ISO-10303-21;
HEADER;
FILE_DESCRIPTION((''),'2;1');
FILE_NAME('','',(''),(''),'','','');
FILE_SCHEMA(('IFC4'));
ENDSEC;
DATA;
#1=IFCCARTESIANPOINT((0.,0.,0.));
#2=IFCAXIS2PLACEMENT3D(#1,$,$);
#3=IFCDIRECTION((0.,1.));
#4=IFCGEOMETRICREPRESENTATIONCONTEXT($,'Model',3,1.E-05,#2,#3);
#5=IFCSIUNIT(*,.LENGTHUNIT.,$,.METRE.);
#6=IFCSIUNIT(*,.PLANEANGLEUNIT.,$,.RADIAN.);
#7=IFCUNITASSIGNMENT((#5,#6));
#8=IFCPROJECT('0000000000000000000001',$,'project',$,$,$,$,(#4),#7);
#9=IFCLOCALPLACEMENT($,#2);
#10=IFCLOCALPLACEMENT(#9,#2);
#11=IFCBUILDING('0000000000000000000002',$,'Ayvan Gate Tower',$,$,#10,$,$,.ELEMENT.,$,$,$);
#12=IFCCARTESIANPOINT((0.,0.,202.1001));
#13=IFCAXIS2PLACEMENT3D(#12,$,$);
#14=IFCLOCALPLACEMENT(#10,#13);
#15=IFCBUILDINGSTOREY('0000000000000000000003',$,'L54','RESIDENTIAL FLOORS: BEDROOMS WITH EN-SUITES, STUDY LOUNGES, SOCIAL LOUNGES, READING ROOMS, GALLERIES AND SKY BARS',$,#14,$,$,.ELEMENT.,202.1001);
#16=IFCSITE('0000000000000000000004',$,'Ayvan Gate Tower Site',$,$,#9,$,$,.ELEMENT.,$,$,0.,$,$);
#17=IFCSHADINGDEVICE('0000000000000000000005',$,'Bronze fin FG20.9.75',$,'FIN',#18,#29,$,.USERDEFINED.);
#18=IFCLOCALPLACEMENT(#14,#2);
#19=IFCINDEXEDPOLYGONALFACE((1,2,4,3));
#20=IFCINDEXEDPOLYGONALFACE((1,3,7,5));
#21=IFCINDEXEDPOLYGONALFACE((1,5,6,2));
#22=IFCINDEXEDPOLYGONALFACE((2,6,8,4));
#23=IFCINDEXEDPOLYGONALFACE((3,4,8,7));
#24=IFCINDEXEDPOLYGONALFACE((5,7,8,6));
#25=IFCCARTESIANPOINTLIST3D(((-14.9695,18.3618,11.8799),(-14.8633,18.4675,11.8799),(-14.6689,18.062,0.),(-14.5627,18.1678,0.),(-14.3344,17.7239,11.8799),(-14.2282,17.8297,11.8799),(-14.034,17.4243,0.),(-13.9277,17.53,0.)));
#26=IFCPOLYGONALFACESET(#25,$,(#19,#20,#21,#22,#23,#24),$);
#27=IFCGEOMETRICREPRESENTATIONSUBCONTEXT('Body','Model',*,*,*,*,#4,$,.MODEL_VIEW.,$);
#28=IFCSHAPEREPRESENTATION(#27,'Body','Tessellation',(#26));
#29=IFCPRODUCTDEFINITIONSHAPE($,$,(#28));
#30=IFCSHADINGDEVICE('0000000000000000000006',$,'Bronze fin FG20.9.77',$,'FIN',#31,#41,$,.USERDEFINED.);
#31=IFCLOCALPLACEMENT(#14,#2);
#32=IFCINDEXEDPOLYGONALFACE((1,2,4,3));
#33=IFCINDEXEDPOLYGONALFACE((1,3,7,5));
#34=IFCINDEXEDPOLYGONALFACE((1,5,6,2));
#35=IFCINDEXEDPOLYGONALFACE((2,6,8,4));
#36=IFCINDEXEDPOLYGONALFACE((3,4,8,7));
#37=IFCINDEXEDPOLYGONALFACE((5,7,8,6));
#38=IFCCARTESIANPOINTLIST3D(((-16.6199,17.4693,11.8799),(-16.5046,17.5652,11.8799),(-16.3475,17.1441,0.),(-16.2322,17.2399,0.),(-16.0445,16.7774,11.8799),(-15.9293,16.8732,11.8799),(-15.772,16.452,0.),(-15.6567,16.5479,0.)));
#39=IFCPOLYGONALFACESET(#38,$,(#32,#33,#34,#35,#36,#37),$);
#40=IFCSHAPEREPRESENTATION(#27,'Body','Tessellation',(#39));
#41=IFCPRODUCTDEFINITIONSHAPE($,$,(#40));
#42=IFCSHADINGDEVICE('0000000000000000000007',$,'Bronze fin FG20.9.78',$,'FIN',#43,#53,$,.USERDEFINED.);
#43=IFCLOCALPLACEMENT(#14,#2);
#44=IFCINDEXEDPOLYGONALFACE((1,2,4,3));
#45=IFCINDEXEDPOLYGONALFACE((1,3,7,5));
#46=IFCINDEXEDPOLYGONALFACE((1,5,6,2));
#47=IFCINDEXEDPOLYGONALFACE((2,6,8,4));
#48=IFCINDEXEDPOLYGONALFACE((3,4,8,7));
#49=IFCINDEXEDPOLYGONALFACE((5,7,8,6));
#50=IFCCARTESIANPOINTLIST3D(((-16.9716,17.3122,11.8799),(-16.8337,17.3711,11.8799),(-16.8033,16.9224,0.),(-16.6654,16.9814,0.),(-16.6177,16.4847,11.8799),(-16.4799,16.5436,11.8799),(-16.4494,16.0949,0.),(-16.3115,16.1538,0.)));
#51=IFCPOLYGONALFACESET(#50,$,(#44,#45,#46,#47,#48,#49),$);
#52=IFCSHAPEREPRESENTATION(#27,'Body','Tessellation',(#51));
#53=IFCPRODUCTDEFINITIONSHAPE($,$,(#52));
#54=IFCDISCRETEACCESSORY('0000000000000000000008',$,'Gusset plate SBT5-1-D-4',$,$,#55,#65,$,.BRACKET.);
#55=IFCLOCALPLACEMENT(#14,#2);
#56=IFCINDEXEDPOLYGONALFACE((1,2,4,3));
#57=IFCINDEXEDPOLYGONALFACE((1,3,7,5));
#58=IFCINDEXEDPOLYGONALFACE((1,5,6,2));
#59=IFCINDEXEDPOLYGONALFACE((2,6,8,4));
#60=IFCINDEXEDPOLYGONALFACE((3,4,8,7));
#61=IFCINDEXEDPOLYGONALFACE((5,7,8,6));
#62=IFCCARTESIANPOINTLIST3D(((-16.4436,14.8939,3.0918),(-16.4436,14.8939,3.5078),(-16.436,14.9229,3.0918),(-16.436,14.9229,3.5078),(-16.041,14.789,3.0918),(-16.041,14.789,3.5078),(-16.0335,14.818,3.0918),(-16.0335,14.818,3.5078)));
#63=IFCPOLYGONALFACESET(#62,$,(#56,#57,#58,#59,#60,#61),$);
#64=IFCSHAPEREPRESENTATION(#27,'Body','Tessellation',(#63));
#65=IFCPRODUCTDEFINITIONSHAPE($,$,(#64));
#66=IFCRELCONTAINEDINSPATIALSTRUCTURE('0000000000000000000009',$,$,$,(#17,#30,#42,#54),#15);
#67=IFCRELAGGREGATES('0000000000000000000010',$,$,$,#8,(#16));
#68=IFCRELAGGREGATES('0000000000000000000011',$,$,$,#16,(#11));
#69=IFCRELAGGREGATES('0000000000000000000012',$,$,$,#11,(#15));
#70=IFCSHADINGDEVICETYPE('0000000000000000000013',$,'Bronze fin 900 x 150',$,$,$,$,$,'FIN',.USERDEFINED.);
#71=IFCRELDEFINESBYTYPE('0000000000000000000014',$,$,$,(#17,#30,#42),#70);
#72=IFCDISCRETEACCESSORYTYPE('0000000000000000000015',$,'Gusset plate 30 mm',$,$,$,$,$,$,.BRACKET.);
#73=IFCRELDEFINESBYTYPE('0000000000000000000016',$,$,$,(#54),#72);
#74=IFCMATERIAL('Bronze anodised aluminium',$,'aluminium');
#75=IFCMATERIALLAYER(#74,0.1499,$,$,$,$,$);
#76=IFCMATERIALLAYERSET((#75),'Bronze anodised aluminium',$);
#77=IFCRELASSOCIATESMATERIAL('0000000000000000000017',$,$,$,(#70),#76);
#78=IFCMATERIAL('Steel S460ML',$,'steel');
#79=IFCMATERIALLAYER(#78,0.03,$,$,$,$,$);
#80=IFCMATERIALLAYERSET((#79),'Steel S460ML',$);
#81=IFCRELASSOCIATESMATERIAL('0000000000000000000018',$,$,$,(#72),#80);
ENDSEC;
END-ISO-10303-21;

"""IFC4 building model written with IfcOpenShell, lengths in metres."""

from ifc_helpers import new_model, si_unit, direction, frame, origin, origin_2d, place, context, subcontext, project, spatial, polyline, rectangle, outline, extrude, material, layer, layer_set, type_object, element, save


model = new_model("IFC4")

# Units and contexts
model_context = context("Model", 3, precision=1e-05, world=origin(), true_north=direction((0.0, 1.0)))
body_context = subcontext(model_context, "Body", "Model", "MODEL_VIEW")
ifc_project = project(units=[si_unit("LENGTHUNIT", "METRE"), si_unit("PLANEANGLEUNIT", "RADIAN")], contexts=[model_context])

# Site, building, storey
site_placement = place(None, origin())
site = spatial("IfcSite", under=ifc_project, at=site_placement, Name="Ayvan Gate Tower Site", CompositionType="ELEMENT", RefElevation=0.0)
building_placement = place(site_placement, origin())
building = spatial("IfcBuilding", under=site, at=building_placement, Name="Ayvan Gate Tower", CompositionType="ELEMENT")
storey_placement = place(building_placement, frame((0.0, 0.0, 202.1001)))
storey = spatial("IfcBuildingStorey", under=building, at=storey_placement, Name="L54", Description="RESIDENTIAL FLOORS: BEDROOMS WITH EN-SUITES, STUDY LOUNGES, SOCIAL LOUNGES, READING ROOMS, GALLERIES AND SKY BARS", CompositionType="ELEMENT", Elevation=202.1001)

# Shared definitions
ifc_material_1 = material(Name="Bronze anodised aluminium", Category="aluminium")

# Shading devices
ifc_layer_1 = layer(ifc_material_1, 0.1499)
ifc_layer_set_1 = layer_set([ifc_layer_1], Name="Bronze anodised aluminium")
shading_device_type = type_object("IfcShadingDeviceType", Name="Bronze fin 900 x 150", ElementType="FIN", PredefinedType="USERDEFINED", material=ifc_layer_set_1)
shading_device_1_placement = place(storey_placement, frame((-13.9277, 17.53, 0.0), z_axis=(0.708665, 0.705545, 0.00013), x_axis=(-0.705545, 0.708665, 0.0)))
element("IfcShadingDevice", 1, at=shading_device_1_placement, inside=storey, type_object=shading_device_type, Name="Bronze fin FG20.9.75", ObjectType="FIN", PredefinedType="USERDEFINED", context=body_context, shape_type="SweptSolid", body=[
    extrude(outline(polyline([(0.0, 0.0), (0.8999, 0.0), (1.3244, 11.8799), (0.4243, 11.8799), (0.0, 0.0)])), origin(), (0.0, 0.0, -1.0), 0.1499),
])
shading_device_2_placement = place(storey_placement, frame((-15.6567, 16.5479, 0.0), z_axis=(0.768899, 0.63937, 0.000126), x_axis=(-0.63937, 0.768899, 0.0)))
element("IfcShadingDevice", 2, at=shading_device_2_placement, inside=storey, type_object=shading_device_type, Name="Bronze fin FG20.9.77", ObjectType="FIN", PredefinedType="USERDEFINED", context=body_context, shape_type="SweptSolid", body=[
    extrude(outline(polyline([(0.0, 0.0), (0.9001, 0.0), (1.3243, 11.8799), (0.4244, 11.8799), (0.0, 0.0)])), origin(), (0.0, 0.0, -1.0), 0.1499),
])
shading_device_3_placement = place(storey_placement, frame((-16.3115, 16.1538, 0.0), z_axis=(0.919453, 0.393199, 0.000128), x_axis=(-0.393199, 0.919453, 0.0)))
element("IfcShadingDevice", 3, at=shading_device_3_placement, inside=storey, type_object=shading_device_type, Name="Bronze fin FG20.9.78", ObjectType="FIN", PredefinedType="USERDEFINED", context=body_context, shape_type="SweptSolid", body=[
    extrude(outline(polyline([(0.0, 0.0), (0.9001, 0.0), (1.3246, 11.8799), (0.4246, 11.8799), (0.0, 0.0)])), origin(), (0.0, 0.0, -1.0), 0.1499),
])

# Discrete accessory
ifc_material_2 = material(Name="Steel S460ML", Category="steel")
ifc_layer_2 = layer(ifc_material_2, 0.03)
ifc_layer_set_2 = layer_set([ifc_layer_2], Name="Steel S460ML")
discrete_accessory_type = type_object("IfcDiscreteAccessoryType", Name="Gusset plate 30 mm", PredefinedType="BRACKET", material=ifc_layer_set_2)
discrete_accessory_placement = place(storey_placement, frame((-16.2385, 14.856, 3.0918), z_axis=(0.0, 0.0, 1.0), x_axis=(-0.967682, 0.252172, 0.0)))
element("IfcDiscreteAccessory", 4, at=discrete_accessory_placement, inside=storey, type_object=discrete_accessory_type, Name="Gusset plate SBT5-1-D-4", PredefinedType="BRACKET", context=body_context, shape_type="SweptSolid", body=[
    extrude(rectangle(XDim=0.416, YDim=0.03, at=origin_2d()), origin(), (0.0, 0.0, 1.0), 0.416),
])

save(model, "model.ifc")
